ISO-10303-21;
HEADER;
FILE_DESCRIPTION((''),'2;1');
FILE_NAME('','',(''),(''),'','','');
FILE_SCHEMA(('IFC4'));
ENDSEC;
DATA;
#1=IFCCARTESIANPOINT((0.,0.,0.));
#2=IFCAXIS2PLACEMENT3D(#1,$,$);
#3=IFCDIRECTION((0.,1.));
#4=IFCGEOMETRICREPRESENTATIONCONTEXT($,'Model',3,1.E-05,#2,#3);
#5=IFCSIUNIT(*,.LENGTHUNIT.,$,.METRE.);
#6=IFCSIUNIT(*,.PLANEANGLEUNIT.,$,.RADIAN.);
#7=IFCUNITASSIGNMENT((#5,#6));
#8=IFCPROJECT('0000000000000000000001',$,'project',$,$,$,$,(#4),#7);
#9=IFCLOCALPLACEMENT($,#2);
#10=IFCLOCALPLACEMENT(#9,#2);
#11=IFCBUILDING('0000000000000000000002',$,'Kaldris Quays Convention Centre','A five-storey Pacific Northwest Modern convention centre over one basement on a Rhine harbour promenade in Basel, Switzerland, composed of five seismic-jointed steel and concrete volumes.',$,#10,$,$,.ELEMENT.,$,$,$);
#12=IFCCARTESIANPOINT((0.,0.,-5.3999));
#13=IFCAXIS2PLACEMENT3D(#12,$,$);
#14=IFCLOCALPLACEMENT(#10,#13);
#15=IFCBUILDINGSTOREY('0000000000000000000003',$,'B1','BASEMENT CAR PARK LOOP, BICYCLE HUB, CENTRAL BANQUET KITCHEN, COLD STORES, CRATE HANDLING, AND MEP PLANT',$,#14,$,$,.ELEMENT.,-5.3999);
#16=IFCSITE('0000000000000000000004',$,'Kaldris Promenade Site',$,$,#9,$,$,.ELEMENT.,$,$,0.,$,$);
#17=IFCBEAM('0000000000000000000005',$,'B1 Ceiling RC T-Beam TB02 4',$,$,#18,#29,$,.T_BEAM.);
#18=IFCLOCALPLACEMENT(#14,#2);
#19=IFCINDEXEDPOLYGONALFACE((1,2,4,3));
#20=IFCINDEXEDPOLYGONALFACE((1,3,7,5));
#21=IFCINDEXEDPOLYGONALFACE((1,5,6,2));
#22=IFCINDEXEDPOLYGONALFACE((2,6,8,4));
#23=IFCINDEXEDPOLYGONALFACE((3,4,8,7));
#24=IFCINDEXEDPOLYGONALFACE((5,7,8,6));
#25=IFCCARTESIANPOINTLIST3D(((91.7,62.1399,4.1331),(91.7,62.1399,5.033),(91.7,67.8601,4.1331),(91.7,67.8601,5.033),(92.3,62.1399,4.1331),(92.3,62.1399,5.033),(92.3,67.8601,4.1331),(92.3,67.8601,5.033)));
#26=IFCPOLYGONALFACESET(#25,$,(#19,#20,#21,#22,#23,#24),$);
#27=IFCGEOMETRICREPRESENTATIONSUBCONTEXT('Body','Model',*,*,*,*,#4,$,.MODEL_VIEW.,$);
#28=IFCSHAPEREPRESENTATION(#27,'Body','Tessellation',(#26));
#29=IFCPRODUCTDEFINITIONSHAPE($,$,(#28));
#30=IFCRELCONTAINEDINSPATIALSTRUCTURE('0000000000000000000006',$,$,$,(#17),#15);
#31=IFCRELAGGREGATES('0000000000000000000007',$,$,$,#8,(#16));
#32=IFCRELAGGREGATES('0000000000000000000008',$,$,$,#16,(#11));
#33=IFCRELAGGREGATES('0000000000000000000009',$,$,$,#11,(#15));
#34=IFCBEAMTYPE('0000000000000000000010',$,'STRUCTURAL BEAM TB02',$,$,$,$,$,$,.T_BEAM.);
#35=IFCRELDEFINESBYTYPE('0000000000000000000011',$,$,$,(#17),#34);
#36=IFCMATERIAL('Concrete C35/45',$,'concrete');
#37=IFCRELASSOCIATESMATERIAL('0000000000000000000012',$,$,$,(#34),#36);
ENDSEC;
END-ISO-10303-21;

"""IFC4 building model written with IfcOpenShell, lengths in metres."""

from ifc_helpers import new_model, si_unit, direction, frame, origin, origin_2d, place, context, subcontext, project, spatial, rectangle, extrude, material, material_profile, profile_set, type_object, element, save


model = new_model("IFC4")

# Units and contexts
model_context = context("Model", 3, precision=1e-05, world=origin(), true_north=direction((0.0, 1.0)))
body_context = subcontext(model_context, "Body", "Model", "MODEL_VIEW")
ifc_project = project(units=[si_unit("LENGTHUNIT", "METRE"), si_unit("PLANEANGLEUNIT", "RADIAN")], contexts=[model_context])

# Site, building, storey
site_placement = place(None, origin())
site = spatial("IfcSite", under=ifc_project, at=site_placement, Name="Kaldris Promenade Site", CompositionType="ELEMENT", RefElevation=0.0)
building_placement = place(site_placement, origin())
building = spatial("IfcBuilding", under=site, at=building_placement, Name="Kaldris Quays Convention Centre", Description="A five-storey Pacific Northwest Modern convention centre over one basement on a Rhine harbour promenade in Basel, Switzerland, composed of five seismic-jointed steel and concrete volumes.", CompositionType="ELEMENT")
storey_placement = place(building_placement, frame((0.0, 0.0, -5.3999)))
storey = spatial("IfcBuildingStorey", under=building, at=storey_placement, Name="B1", Description="BASEMENT CAR PARK LOOP, BICYCLE HUB, CENTRAL BANQUET KITCHEN, COLD STORES, CRATE HANDLING, AND MEP PLANT", CompositionType="ELEMENT", Elevation=-5.3999)

# Shared definitions
ifc_material_1 = material(Name="Concrete C35/45", Category="concrete")

# Beam
ifc_material_profile_1 = material_profile(ifc_material_1, rectangle(XDim=0.6001, YDim=0.8999, at=origin_2d()), Name="RC 600x900")
ifc_profile_set_1 = profile_set([ifc_material_profile_1], Name="Concrete C35/45")
beam_type_1 = type_object("IfcBeamType", Name="STRUCTURAL BEAM TB02", PredefinedType="T_BEAM", material=ifc_profile_set_1)
beam_1_placement = place(storey_placement, frame((92.0, 62.1399, 4.583), z_axis=(0.0, 1.0, 0.0), x_axis=(-1.0, 0.0, 0.0)))
element("IfcBeam", 1, at=beam_1_placement, inside=storey, type_object=beam_type_1, Name="B1 Ceiling RC T-Beam TB02 4", PredefinedType="T_BEAM", context=body_context, shape_type="SweptSolid", body=[
    extrude(rectangle(XDim=0.6001, YDim=0.8999, at=origin_2d()), origin(), (0.0, 0.0, 1.0), 5.7202),
])

save(model, "model.ifc")
